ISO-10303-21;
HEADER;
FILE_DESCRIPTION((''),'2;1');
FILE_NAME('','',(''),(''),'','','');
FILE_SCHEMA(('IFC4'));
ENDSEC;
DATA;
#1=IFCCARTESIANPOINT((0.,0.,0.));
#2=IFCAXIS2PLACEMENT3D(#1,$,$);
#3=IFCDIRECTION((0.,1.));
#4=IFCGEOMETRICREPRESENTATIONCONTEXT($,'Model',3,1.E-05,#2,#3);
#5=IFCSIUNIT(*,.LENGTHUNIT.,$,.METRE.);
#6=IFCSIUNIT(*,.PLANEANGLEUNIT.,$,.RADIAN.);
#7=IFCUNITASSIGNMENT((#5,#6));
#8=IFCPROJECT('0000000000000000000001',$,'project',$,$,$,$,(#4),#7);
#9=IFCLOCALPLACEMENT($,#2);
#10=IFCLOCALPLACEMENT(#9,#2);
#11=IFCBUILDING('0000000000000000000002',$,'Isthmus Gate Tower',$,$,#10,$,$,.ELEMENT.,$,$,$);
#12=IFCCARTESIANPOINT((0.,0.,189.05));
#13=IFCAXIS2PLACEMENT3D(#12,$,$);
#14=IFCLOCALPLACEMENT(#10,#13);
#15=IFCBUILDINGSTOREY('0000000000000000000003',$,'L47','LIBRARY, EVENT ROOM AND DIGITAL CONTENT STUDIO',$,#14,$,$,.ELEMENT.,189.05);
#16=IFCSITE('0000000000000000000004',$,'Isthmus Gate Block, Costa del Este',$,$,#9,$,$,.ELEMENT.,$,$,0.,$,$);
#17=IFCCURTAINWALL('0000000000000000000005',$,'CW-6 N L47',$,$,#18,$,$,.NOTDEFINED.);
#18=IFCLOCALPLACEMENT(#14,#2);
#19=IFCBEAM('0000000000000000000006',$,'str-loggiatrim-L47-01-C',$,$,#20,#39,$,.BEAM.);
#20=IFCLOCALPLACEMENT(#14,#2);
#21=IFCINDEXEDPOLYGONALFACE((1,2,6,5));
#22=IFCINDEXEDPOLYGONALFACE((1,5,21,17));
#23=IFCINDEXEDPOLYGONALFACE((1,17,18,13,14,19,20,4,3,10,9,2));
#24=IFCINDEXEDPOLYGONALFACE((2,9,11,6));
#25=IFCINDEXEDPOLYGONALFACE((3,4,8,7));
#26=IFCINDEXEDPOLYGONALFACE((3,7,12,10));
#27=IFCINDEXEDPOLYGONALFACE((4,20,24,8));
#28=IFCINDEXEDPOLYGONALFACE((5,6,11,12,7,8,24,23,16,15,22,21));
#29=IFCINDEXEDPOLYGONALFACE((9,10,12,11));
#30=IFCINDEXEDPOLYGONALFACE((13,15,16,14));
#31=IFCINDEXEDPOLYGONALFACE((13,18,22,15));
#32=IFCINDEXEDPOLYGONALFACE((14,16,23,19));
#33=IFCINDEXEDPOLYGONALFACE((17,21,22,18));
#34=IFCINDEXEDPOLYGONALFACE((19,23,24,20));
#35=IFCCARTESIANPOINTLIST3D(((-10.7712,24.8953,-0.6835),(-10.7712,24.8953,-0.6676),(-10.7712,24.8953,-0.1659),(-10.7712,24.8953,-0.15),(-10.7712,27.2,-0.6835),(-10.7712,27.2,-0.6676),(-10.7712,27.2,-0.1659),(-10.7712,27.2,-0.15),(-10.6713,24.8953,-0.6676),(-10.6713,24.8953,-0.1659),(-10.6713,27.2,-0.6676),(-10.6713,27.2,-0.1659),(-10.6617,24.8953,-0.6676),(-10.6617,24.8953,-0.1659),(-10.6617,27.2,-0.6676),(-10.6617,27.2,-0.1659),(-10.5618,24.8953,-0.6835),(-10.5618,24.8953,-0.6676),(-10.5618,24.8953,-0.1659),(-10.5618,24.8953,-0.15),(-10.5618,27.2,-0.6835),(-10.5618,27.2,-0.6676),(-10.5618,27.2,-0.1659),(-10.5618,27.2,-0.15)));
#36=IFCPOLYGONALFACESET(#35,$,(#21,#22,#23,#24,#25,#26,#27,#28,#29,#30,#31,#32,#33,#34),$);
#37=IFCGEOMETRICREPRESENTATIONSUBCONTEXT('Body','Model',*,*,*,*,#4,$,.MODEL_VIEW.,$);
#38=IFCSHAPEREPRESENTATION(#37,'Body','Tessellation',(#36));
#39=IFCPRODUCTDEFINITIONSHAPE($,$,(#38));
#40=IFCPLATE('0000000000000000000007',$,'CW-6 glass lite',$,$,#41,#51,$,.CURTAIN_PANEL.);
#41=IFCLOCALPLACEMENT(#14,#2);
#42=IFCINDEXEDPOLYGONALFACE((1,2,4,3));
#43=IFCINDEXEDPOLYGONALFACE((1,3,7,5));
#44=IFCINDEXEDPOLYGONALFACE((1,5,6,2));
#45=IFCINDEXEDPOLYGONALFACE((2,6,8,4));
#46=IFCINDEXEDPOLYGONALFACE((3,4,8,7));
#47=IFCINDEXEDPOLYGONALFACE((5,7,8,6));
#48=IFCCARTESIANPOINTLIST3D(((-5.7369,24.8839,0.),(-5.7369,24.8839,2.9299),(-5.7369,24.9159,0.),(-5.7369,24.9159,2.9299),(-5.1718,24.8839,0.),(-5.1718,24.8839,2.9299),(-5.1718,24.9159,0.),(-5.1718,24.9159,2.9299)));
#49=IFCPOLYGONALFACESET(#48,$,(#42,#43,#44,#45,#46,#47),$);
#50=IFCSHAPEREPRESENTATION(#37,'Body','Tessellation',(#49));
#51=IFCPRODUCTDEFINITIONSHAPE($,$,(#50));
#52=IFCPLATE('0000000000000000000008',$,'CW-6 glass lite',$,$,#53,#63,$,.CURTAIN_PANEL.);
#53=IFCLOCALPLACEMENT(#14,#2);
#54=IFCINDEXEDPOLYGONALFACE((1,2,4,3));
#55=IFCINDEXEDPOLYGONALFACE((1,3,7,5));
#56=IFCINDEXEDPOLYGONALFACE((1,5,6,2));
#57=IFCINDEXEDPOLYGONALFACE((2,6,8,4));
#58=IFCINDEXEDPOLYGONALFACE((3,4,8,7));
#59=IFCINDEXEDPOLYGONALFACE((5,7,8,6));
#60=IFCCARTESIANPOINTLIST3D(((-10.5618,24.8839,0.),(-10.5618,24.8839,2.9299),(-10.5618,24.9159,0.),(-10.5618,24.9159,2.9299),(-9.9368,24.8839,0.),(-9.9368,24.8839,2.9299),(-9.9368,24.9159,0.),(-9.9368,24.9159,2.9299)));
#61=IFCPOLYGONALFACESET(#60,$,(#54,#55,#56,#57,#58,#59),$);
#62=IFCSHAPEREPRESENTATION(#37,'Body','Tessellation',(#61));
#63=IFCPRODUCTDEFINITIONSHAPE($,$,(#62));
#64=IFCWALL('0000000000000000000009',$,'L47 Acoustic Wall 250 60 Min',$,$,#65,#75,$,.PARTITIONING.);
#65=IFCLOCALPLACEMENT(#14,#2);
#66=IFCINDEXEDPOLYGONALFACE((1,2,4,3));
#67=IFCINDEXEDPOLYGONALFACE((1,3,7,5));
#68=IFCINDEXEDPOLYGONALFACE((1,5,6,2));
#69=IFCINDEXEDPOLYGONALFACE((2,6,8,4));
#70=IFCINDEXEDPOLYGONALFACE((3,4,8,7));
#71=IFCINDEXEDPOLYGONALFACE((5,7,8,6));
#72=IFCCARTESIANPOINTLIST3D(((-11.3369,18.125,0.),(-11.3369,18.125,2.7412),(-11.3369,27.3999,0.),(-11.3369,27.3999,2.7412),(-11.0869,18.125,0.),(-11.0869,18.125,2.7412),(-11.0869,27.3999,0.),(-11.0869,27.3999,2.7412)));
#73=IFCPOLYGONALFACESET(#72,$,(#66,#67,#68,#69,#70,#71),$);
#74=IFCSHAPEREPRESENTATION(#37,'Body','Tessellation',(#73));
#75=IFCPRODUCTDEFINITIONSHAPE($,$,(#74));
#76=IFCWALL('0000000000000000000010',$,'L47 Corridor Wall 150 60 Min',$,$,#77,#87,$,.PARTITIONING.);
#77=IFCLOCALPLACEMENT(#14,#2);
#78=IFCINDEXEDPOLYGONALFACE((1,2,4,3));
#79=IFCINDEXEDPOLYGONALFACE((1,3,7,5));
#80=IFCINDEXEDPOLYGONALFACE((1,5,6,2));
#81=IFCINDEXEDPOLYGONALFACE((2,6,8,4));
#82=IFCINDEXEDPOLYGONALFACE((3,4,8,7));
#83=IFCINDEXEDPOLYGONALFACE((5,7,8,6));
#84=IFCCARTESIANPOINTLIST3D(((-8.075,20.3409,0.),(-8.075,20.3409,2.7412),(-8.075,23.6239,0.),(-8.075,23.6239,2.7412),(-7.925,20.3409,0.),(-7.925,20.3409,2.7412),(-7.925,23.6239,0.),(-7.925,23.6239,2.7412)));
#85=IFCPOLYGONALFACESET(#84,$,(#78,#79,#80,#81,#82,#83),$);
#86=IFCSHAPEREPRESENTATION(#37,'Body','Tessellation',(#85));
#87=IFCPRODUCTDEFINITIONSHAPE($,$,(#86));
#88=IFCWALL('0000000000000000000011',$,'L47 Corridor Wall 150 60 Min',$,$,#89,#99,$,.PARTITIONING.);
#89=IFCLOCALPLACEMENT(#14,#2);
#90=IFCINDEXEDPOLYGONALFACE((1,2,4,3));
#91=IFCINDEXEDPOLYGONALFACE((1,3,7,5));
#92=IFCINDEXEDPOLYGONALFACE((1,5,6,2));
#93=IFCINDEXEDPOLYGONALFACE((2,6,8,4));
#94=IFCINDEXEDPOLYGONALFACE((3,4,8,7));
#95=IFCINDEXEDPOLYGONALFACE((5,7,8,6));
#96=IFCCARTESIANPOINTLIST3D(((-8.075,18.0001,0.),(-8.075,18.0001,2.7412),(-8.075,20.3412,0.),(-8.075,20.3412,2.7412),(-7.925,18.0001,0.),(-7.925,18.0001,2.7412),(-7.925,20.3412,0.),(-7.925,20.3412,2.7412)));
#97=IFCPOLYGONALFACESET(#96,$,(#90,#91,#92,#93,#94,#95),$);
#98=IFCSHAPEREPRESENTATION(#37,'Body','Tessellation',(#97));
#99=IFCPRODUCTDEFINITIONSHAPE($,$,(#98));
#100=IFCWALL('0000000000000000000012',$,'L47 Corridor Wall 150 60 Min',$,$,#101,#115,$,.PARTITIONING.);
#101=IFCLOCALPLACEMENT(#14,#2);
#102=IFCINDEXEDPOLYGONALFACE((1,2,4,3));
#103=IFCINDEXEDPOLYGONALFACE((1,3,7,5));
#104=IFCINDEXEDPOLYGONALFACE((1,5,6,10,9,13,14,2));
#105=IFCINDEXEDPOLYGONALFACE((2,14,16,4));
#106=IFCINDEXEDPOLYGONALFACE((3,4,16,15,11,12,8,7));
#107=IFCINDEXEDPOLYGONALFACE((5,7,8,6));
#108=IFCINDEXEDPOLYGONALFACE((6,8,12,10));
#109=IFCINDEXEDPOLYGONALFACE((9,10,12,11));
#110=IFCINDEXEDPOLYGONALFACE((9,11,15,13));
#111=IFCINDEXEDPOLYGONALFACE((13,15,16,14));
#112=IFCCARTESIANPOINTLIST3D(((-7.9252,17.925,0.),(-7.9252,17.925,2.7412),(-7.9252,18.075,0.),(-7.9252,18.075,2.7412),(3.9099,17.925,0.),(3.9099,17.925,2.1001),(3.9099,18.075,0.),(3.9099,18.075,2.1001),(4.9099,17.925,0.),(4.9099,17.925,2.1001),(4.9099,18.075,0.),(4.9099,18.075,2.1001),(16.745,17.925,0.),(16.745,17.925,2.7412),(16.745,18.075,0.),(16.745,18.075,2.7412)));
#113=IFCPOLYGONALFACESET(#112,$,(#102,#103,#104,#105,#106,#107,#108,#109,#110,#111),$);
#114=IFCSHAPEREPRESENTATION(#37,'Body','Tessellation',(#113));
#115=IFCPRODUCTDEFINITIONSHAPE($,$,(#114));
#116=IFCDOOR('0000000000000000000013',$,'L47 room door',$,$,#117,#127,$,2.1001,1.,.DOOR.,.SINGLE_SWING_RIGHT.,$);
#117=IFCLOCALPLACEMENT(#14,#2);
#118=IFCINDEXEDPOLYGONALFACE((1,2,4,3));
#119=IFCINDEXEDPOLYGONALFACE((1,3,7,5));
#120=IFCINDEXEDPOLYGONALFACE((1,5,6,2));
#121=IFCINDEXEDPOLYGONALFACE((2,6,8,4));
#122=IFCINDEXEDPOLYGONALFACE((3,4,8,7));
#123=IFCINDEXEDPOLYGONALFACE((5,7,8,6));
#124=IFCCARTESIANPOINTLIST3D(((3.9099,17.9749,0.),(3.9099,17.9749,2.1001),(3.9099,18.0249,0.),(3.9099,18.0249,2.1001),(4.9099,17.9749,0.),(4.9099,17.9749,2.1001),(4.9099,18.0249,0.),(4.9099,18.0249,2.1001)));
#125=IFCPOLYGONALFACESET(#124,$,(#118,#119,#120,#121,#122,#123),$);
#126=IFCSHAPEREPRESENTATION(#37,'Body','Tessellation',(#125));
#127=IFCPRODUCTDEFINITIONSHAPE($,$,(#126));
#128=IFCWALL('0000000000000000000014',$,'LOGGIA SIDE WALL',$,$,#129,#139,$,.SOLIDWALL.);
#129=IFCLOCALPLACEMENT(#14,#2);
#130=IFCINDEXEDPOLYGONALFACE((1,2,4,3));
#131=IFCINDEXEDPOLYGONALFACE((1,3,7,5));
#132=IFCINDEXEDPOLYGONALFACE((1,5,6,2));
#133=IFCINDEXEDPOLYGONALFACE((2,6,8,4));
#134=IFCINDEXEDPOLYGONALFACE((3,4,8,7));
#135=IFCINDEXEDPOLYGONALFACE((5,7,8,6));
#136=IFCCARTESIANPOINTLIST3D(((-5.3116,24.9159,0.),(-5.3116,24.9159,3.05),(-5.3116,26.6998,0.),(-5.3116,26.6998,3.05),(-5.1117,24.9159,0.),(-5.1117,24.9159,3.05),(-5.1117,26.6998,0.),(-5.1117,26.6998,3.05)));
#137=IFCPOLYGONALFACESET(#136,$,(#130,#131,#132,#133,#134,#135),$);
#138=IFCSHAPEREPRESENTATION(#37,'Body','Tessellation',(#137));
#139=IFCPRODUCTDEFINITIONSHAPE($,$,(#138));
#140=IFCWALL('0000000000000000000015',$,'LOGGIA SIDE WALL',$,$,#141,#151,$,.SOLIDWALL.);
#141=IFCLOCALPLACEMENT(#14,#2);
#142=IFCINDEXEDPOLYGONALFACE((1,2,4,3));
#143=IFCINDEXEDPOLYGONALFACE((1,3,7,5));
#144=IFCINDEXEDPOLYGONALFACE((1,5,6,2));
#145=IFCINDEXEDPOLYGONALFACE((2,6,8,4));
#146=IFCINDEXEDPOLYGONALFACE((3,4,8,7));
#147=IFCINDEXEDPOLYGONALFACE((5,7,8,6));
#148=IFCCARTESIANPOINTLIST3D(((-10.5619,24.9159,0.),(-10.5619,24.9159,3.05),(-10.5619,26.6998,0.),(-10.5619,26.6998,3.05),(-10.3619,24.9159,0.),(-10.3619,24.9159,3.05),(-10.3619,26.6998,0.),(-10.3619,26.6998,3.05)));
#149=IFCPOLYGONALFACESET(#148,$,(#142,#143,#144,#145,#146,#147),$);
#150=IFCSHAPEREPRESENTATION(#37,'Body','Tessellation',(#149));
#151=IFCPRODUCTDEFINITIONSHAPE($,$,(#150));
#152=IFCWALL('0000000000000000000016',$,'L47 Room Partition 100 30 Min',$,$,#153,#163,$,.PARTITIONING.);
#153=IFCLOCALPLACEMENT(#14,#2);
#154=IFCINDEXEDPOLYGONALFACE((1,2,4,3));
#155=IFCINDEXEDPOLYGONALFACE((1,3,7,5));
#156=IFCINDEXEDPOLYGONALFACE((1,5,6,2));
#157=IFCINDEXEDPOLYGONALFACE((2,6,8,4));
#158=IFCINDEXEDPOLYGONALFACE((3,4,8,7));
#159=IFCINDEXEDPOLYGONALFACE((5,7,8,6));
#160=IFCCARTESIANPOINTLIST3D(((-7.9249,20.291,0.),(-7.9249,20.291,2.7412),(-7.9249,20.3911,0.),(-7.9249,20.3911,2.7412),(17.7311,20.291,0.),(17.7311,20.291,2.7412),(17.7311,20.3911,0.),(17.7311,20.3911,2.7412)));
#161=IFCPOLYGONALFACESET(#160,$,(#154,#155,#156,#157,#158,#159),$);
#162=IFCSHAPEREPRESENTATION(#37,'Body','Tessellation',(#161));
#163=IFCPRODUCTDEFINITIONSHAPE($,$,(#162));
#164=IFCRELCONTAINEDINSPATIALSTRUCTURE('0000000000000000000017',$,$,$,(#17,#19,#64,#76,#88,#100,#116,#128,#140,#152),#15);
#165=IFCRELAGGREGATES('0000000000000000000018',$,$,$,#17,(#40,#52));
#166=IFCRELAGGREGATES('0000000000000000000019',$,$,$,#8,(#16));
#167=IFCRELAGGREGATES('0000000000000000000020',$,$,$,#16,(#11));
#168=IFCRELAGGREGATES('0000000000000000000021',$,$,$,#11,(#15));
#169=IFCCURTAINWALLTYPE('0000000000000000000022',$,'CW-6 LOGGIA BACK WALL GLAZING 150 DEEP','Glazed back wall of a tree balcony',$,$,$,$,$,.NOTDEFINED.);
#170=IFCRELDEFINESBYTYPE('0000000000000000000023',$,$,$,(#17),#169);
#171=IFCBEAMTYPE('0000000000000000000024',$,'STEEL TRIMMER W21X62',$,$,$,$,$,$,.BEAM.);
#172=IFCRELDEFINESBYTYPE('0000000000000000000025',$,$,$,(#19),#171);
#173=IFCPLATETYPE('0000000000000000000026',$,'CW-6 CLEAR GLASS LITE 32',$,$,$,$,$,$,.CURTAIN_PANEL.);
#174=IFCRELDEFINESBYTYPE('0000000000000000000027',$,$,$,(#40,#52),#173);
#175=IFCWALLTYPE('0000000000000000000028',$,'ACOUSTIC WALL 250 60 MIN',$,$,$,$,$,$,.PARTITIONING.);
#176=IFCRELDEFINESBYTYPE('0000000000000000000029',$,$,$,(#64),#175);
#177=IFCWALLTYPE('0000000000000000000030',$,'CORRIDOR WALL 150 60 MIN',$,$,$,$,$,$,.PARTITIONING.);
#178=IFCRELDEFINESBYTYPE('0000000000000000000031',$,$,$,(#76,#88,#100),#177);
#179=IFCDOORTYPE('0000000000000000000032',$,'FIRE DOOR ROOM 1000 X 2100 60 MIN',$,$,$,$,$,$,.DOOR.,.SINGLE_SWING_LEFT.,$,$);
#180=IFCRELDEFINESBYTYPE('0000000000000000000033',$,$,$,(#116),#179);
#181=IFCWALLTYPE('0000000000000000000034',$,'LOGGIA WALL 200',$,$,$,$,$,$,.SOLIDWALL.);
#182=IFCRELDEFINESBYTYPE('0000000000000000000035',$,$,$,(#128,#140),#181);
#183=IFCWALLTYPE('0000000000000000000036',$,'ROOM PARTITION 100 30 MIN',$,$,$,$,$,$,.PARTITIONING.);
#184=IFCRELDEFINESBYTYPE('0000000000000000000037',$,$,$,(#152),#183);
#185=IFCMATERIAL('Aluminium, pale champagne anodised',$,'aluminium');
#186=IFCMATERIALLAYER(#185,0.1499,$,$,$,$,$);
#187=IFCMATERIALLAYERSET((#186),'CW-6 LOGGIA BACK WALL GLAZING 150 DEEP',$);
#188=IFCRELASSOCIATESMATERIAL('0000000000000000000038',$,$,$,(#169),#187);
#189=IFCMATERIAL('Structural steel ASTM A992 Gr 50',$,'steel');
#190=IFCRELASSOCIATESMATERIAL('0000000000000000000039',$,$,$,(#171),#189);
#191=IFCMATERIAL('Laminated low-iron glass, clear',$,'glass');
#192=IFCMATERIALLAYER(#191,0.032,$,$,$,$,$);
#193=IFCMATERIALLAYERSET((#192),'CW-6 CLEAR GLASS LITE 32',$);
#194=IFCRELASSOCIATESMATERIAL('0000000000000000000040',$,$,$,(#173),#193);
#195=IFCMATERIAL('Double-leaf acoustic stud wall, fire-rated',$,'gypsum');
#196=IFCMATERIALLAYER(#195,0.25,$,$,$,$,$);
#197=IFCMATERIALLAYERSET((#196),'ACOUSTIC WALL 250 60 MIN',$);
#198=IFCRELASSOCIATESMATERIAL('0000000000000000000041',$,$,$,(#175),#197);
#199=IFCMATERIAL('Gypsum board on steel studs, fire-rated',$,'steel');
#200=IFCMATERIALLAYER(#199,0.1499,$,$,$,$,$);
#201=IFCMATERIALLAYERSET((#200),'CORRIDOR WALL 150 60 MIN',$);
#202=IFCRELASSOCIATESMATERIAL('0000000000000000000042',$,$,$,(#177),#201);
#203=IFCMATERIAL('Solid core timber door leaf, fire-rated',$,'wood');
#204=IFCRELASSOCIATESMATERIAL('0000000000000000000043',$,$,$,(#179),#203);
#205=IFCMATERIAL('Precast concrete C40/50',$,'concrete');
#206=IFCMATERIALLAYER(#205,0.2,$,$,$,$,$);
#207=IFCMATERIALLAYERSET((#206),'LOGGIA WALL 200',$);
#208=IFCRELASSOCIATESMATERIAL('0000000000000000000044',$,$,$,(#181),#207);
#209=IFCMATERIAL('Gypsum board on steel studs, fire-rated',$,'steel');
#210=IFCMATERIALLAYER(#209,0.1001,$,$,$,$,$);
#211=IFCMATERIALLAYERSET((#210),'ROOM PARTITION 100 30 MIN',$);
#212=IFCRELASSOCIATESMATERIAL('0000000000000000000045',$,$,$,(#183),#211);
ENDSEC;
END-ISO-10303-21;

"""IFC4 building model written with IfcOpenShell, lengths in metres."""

from ifc_helpers import new_model, si_unit, direction, frame, frame_2d, origin, origin_2d, place, context, subcontext, project, spatial, rectangle, i_section, extrude, material, layer, layer_set, material_profile, profile_set, type_object, element, fill, aggregate, save


model = new_model("IFC4")

# Units and contexts
model_context = context("Model", 3, precision=1e-05, world=origin(), true_north=direction((0.0, 1.0)))
body_context = subcontext(model_context, "Body", "Model", "MODEL_VIEW")
ifc_project = project(units=[si_unit("LENGTHUNIT", "METRE"), si_unit("PLANEANGLEUNIT", "RADIAN")], contexts=[model_context])

# Site, building, storey
site_placement = place(None, origin())
site = spatial("IfcSite", under=ifc_project, at=site_placement, Name="Isthmus Gate Block, Costa del Este", CompositionType="ELEMENT", RefElevation=0.0)
building_placement = place(site_placement, origin())
building = spatial("IfcBuilding", under=site, at=building_placement, Name="Isthmus Gate Tower", CompositionType="ELEMENT")
storey_placement = place(building_placement, frame((0.0, 0.0, 189.05)))
storey = spatial("IfcBuildingStorey", under=building, at=storey_placement, Name="L47", Description="LIBRARY, EVENT ROOM AND DIGITAL CONTENT STUDIO", CompositionType="ELEMENT", Elevation=189.05)

# Curtain wall
ifc_material_1 = material(Name="Aluminium, pale champagne anodised", Category="aluminium")
ifc_layer_1 = layer(ifc_material_1, 0.1499)
ifc_layer_set_1 = layer_set([ifc_layer_1], Name="CW-6 LOGGIA BACK WALL GLAZING 150 DEEP")
curtain_wall_type_1 = type_object("IfcCurtainWallType", Name="CW-6 LOGGIA BACK WALL GLAZING 150 DEEP", Description="Glazed back wall of a tree balcony", PredefinedType="NOTDEFINED", material=ifc_layer_set_1)
curtain_wall_1_placement = place(storey_placement, origin())
curtain_wall_1 = element("IfcCurtainWall", 1, at=curtain_wall_1_placement, inside=storey, type_object=curtain_wall_type_1, Name="CW-6 N L47", PredefinedType="NOTDEFINED")

# Beam
ifc_material_2 = material(Name="Structural steel ASTM A992 Gr 50", Category="steel")
ifc_material_profile_1 = material_profile(ifc_material_2, i_section(OverallWidth=0.2095, OverallDepth=0.5334, WebThickness=0.0095, FlangeThickness=0.0159, at=origin_2d()), Name="W21X62")
ifc_profile_set_1 = profile_set([ifc_material_profile_1], Name="Structural steel ASTM A992 Gr 50")
beam_type_1 = type_object("IfcBeamType", Name="STEEL TRIMMER W21X62", PredefinedType="BEAM", material=ifc_profile_set_1)
for number, where, z_axis, x_axis, name in (
    (2, (-10.6665, 27.2, -0.4167), (0.0, -1.0, 0.0), (1.0, 0.0, 0.0), "str-loggiatrim-L47-01-C"),
):
    element("IfcBeam", number, at=place(storey_placement, frame(where, z_axis=z_axis, x_axis=x_axis)), inside=storey, type_object=beam_type_1, Name=name, PredefinedType="BEAM", context=body_context, shape_type="SweptSolid", body=[
        extrude(i_section(OverallWidth=0.2095, OverallDepth=0.5334, WebThickness=0.0095, FlangeThickness=0.0159, at=origin_2d()), origin(), (0.0, 0.0, 1.0), 2.3047),
    ])

# Plates
ifc_material_3 = material(Name="Laminated low-iron glass, clear", Category="glass")
ifc_layer_2 = layer(ifc_material_3, 0.032)
ifc_layer_set_2 = layer_set([ifc_layer_2], Name="CW-6 CLEAR GLASS LITE 32")
plate_type = type_object("IfcPlateType", Name="CW-6 CLEAR GLASS LITE 32", PredefinedType="CURTAIN_PANEL", material=ifc_layer_set_2)
plate_1_placement = place(storey_placement, frame((-5.4543, 24.8999, 0.0), z_axis=(0.0, 0.0, 1.0), x_axis=(-1.0, 0.0, 0.0)))
plate_1 = element("IfcPlate", 3, at=plate_1_placement, type_object=plate_type, Name="CW-6 glass lite", PredefinedType="CURTAIN_PANEL", context=body_context, shape_type="SweptSolid", body=[
    extrude(rectangle(XDim=0.5652, YDim=0.032, at=origin_2d()), origin(), (0.0, 0.0, 1.0), 2.9299),
])
plate_2_placement = place(storey_placement, frame((-10.2493, 24.8999, 0.0), z_axis=(0.0, 0.0, 1.0), x_axis=(-1.0, 0.0, 0.0)))
plate_2 = element("IfcPlate", 4, at=plate_2_placement, type_object=plate_type, Name="CW-6 glass lite", PredefinedType="CURTAIN_PANEL", context=body_context, shape_type="SweptSolid", body=[
    extrude(rectangle(XDim=0.625, YDim=0.032, at=origin_2d()), origin(), (0.0, 0.0, 1.0), 2.9299),
])
aggregate(curtain_wall_1, [plate_1, plate_2])

# Walls
ifc_material_4 = material(Name="Double-leaf acoustic stud wall, fire-rated", Category="gypsum")
ifc_layer_3 = layer(ifc_material_4, 0.25)
ifc_layer_set_3 = layer_set([ifc_layer_3], Name="ACOUSTIC WALL 250 60 MIN")
wall_type_1 = type_object("IfcWallType", Name="ACOUSTIC WALL 250 60 MIN", PredefinedType="PARTITIONING", material=ifc_layer_set_3)
wall_1_placement = place(storey_placement, frame((-11.2119, 18.125, 0.0), z_axis=(0.0, 0.0, 1.0), x_axis=(0.0, 1.0, 0.0)))
element("IfcWall", 5, at=wall_1_placement, inside=storey, type_object=wall_type_1, Name="L47 Acoustic Wall 250 60 Min", PredefinedType="PARTITIONING", context=body_context, shape_type="SweptSolid", body=[
    extrude(rectangle(XDim=9.2749, YDim=0.25, at=frame_2d((4.6375, 0.0))), origin(), (0.0, 0.0, 1.0), 2.7412),
])
ifc_material_5 = material(Name="Gypsum board on steel studs, fire-rated", Category="steel")
ifc_layer_4 = layer(ifc_material_5, 0.1499)
ifc_layer_set_4 = layer_set([ifc_layer_4], Name="CORRIDOR WALL 150 60 MIN")
wall_type_2 = type_object("IfcWallType", Name="CORRIDOR WALL 150 60 MIN", PredefinedType="PARTITIONING", material=ifc_layer_set_4)
wall_2_placement = place(storey_placement, frame((-8.0, 23.624, 0.0), z_axis=(0.0, 0.0, 1.0), x_axis=(0.0, -1.0, 0.0)))
element("IfcWall", 6, at=wall_2_placement, inside=storey, type_object=wall_type_2, Name="L47 Corridor Wall 150 60 Min", PredefinedType="PARTITIONING", context=body_context, shape_type="SweptSolid", body=[
    extrude(rectangle(XDim=3.283, YDim=0.1499, at=frame_2d((1.6416, 0.0))), origin(), (0.0, 0.0, 1.0), 2.7412),
])
wall_3_placement = place(storey_placement, frame((-8.0, 20.3411, 0.0), z_axis=(0.0, 0.0, 1.0), x_axis=(0.0, -1.0, 0.0)))
element("IfcWall", 7, at=wall_3_placement, inside=storey, type_object=wall_type_2, Name="L47 Corridor Wall 150 60 Min", PredefinedType="PARTITIONING", context=body_context, shape_type="SweptSolid", body=[
    extrude(rectangle(XDim=2.3411, YDim=0.1499, at=frame_2d((1.1704, 0.0))), origin(), (0.0, 0.0, 1.0), 2.7412),
])

# Wall, opening, door
wall_4_placement = place(storey_placement, frame((-7.925, 18.0, 0.0), z_axis=(0.0, 0.0, 1.0), x_axis=(1.0, 0.0, 0.0)))
wall_4 = element("IfcWall", 8, at=wall_4_placement, inside=storey, type_object=wall_type_2, Name="L47 Corridor Wall 150 60 Min", PredefinedType="PARTITIONING", context=body_context, shape_type="SweptSolid", body=[
    extrude(rectangle(XDim=24.6702, YDim=0.1499, at=frame_2d((12.335, 0.0))), origin(), (0.0, 0.0, 1.0), 2.7412),
])
opening_1_placement = place(wall_4_placement, frame((11.835, 0.0, 0.0)))
opening_1 = element("IfcOpeningElement", 9, at=opening_1_placement, cuts=wall_4, PredefinedType="OPENING", context=body_context, shape_type="SweptSolid", body=[
    extrude(rectangle(XDim=1.0, YDim=2.1001, at=frame_2d((0.5, 1.05))), frame((0.0, 0.085, 0.0), z_axis=(0.0, -1.0, 0.0), x_axis=(1.0, 0.0, 0.0)), (0.0, 0.0, 1.0), 0.1699),
])
ifc_material_6 = material(Name="Solid core timber door leaf, fire-rated", Category="wood")
door_type_1 = type_object("IfcDoorType", Name="FIRE DOOR ROOM 1000 X 2100 60 MIN", OperationType="SINGLE_SWING_LEFT", PredefinedType="DOOR", material=ifc_material_6)
door_1_placement = place(opening_1_placement, origin())
door_1 = element("IfcDoor", 10, at=door_1_placement, inside=storey, type_object=door_type_1, Name="L47 room door", OperationType="SINGLE_SWING_RIGHT", OverallHeight=2.1001, OverallWidth=1.0, PredefinedType="DOOR", context=body_context, shape_type="SweptSolid", body=[
    extrude(rectangle(XDim=1.0, YDim=2.1001, at=frame_2d((0.5, 1.05))), frame((0.0, 0.0249, 0.0), z_axis=(0.0, -1.0, 0.0), x_axis=(1.0, 0.0, 0.0)), (0.0, 0.0, 1.0), 0.05),
])
fill(opening_1, door_1)
ifc_material_7 = material(Name="Precast concrete C40/50", Category="concrete")
ifc_layer_5 = layer(ifc_material_7, 0.2)
ifc_layer_set_5 = layer_set([ifc_layer_5], Name="LOGGIA WALL 200")
wall_type_3 = type_object("IfcWallType", Name="LOGGIA WALL 200", PredefinedType="SOLIDWALL", material=ifc_layer_set_5)

# Walls
for number, where, z_axis, x_axis, name in (
    (11, (-5.2117, 26.7, 0.0), (0.0, 0.0, 1.0), (0.0, -1.0, 0.0), "LOGGIA SIDE WALL"),
    (12, (-10.4619, 26.7, 0.0), (0.0, 0.0, 1.0), (0.0, -1.0, 0.0), "LOGGIA SIDE WALL"),
):
    element("IfcWall", number, at=place(storey_placement, frame(where, z_axis=z_axis, x_axis=x_axis)), inside=storey, type_object=wall_type_3, Name=name, PredefinedType="SOLIDWALL", context=body_context, shape_type="SweptSolid", body=[
        extrude(rectangle(XDim=1.7839, YDim=0.2, at=frame_2d((0.8921, 0.0))), origin(), (0.0, 0.0, 1.0), 3.05),
    ])
ifc_material_8 = material(Name="Gypsum board on steel studs, fire-rated", Category="steel")
ifc_layer_6 = layer(ifc_material_8, 0.1001)
ifc_layer_set_6 = layer_set([ifc_layer_6], Name="ROOM PARTITION 100 30 MIN")
wall_type_4 = type_object("IfcWallType", Name="ROOM PARTITION 100 30 MIN", PredefinedType="PARTITIONING", material=ifc_layer_set_6)
wall_5_placement = place(storey_placement, frame((-7.925, 20.3411, 0.0), z_axis=(0.0, 0.0, 1.0), x_axis=(1.0, 0.0, 0.0)))
element("IfcWall", 13, at=wall_5_placement, inside=storey, type_object=wall_type_4, Name="L47 Room Partition 100 30 Min", PredefinedType="PARTITIONING", context=body_context, shape_type="SweptSolid", body=[
    extrude(rectangle(XDim=25.656, YDim=0.1001, at=frame_2d((12.8281, 0.0))), origin(), (0.0, 0.0, 1.0), 2.7412),
])

save(model, "model.ifc")
